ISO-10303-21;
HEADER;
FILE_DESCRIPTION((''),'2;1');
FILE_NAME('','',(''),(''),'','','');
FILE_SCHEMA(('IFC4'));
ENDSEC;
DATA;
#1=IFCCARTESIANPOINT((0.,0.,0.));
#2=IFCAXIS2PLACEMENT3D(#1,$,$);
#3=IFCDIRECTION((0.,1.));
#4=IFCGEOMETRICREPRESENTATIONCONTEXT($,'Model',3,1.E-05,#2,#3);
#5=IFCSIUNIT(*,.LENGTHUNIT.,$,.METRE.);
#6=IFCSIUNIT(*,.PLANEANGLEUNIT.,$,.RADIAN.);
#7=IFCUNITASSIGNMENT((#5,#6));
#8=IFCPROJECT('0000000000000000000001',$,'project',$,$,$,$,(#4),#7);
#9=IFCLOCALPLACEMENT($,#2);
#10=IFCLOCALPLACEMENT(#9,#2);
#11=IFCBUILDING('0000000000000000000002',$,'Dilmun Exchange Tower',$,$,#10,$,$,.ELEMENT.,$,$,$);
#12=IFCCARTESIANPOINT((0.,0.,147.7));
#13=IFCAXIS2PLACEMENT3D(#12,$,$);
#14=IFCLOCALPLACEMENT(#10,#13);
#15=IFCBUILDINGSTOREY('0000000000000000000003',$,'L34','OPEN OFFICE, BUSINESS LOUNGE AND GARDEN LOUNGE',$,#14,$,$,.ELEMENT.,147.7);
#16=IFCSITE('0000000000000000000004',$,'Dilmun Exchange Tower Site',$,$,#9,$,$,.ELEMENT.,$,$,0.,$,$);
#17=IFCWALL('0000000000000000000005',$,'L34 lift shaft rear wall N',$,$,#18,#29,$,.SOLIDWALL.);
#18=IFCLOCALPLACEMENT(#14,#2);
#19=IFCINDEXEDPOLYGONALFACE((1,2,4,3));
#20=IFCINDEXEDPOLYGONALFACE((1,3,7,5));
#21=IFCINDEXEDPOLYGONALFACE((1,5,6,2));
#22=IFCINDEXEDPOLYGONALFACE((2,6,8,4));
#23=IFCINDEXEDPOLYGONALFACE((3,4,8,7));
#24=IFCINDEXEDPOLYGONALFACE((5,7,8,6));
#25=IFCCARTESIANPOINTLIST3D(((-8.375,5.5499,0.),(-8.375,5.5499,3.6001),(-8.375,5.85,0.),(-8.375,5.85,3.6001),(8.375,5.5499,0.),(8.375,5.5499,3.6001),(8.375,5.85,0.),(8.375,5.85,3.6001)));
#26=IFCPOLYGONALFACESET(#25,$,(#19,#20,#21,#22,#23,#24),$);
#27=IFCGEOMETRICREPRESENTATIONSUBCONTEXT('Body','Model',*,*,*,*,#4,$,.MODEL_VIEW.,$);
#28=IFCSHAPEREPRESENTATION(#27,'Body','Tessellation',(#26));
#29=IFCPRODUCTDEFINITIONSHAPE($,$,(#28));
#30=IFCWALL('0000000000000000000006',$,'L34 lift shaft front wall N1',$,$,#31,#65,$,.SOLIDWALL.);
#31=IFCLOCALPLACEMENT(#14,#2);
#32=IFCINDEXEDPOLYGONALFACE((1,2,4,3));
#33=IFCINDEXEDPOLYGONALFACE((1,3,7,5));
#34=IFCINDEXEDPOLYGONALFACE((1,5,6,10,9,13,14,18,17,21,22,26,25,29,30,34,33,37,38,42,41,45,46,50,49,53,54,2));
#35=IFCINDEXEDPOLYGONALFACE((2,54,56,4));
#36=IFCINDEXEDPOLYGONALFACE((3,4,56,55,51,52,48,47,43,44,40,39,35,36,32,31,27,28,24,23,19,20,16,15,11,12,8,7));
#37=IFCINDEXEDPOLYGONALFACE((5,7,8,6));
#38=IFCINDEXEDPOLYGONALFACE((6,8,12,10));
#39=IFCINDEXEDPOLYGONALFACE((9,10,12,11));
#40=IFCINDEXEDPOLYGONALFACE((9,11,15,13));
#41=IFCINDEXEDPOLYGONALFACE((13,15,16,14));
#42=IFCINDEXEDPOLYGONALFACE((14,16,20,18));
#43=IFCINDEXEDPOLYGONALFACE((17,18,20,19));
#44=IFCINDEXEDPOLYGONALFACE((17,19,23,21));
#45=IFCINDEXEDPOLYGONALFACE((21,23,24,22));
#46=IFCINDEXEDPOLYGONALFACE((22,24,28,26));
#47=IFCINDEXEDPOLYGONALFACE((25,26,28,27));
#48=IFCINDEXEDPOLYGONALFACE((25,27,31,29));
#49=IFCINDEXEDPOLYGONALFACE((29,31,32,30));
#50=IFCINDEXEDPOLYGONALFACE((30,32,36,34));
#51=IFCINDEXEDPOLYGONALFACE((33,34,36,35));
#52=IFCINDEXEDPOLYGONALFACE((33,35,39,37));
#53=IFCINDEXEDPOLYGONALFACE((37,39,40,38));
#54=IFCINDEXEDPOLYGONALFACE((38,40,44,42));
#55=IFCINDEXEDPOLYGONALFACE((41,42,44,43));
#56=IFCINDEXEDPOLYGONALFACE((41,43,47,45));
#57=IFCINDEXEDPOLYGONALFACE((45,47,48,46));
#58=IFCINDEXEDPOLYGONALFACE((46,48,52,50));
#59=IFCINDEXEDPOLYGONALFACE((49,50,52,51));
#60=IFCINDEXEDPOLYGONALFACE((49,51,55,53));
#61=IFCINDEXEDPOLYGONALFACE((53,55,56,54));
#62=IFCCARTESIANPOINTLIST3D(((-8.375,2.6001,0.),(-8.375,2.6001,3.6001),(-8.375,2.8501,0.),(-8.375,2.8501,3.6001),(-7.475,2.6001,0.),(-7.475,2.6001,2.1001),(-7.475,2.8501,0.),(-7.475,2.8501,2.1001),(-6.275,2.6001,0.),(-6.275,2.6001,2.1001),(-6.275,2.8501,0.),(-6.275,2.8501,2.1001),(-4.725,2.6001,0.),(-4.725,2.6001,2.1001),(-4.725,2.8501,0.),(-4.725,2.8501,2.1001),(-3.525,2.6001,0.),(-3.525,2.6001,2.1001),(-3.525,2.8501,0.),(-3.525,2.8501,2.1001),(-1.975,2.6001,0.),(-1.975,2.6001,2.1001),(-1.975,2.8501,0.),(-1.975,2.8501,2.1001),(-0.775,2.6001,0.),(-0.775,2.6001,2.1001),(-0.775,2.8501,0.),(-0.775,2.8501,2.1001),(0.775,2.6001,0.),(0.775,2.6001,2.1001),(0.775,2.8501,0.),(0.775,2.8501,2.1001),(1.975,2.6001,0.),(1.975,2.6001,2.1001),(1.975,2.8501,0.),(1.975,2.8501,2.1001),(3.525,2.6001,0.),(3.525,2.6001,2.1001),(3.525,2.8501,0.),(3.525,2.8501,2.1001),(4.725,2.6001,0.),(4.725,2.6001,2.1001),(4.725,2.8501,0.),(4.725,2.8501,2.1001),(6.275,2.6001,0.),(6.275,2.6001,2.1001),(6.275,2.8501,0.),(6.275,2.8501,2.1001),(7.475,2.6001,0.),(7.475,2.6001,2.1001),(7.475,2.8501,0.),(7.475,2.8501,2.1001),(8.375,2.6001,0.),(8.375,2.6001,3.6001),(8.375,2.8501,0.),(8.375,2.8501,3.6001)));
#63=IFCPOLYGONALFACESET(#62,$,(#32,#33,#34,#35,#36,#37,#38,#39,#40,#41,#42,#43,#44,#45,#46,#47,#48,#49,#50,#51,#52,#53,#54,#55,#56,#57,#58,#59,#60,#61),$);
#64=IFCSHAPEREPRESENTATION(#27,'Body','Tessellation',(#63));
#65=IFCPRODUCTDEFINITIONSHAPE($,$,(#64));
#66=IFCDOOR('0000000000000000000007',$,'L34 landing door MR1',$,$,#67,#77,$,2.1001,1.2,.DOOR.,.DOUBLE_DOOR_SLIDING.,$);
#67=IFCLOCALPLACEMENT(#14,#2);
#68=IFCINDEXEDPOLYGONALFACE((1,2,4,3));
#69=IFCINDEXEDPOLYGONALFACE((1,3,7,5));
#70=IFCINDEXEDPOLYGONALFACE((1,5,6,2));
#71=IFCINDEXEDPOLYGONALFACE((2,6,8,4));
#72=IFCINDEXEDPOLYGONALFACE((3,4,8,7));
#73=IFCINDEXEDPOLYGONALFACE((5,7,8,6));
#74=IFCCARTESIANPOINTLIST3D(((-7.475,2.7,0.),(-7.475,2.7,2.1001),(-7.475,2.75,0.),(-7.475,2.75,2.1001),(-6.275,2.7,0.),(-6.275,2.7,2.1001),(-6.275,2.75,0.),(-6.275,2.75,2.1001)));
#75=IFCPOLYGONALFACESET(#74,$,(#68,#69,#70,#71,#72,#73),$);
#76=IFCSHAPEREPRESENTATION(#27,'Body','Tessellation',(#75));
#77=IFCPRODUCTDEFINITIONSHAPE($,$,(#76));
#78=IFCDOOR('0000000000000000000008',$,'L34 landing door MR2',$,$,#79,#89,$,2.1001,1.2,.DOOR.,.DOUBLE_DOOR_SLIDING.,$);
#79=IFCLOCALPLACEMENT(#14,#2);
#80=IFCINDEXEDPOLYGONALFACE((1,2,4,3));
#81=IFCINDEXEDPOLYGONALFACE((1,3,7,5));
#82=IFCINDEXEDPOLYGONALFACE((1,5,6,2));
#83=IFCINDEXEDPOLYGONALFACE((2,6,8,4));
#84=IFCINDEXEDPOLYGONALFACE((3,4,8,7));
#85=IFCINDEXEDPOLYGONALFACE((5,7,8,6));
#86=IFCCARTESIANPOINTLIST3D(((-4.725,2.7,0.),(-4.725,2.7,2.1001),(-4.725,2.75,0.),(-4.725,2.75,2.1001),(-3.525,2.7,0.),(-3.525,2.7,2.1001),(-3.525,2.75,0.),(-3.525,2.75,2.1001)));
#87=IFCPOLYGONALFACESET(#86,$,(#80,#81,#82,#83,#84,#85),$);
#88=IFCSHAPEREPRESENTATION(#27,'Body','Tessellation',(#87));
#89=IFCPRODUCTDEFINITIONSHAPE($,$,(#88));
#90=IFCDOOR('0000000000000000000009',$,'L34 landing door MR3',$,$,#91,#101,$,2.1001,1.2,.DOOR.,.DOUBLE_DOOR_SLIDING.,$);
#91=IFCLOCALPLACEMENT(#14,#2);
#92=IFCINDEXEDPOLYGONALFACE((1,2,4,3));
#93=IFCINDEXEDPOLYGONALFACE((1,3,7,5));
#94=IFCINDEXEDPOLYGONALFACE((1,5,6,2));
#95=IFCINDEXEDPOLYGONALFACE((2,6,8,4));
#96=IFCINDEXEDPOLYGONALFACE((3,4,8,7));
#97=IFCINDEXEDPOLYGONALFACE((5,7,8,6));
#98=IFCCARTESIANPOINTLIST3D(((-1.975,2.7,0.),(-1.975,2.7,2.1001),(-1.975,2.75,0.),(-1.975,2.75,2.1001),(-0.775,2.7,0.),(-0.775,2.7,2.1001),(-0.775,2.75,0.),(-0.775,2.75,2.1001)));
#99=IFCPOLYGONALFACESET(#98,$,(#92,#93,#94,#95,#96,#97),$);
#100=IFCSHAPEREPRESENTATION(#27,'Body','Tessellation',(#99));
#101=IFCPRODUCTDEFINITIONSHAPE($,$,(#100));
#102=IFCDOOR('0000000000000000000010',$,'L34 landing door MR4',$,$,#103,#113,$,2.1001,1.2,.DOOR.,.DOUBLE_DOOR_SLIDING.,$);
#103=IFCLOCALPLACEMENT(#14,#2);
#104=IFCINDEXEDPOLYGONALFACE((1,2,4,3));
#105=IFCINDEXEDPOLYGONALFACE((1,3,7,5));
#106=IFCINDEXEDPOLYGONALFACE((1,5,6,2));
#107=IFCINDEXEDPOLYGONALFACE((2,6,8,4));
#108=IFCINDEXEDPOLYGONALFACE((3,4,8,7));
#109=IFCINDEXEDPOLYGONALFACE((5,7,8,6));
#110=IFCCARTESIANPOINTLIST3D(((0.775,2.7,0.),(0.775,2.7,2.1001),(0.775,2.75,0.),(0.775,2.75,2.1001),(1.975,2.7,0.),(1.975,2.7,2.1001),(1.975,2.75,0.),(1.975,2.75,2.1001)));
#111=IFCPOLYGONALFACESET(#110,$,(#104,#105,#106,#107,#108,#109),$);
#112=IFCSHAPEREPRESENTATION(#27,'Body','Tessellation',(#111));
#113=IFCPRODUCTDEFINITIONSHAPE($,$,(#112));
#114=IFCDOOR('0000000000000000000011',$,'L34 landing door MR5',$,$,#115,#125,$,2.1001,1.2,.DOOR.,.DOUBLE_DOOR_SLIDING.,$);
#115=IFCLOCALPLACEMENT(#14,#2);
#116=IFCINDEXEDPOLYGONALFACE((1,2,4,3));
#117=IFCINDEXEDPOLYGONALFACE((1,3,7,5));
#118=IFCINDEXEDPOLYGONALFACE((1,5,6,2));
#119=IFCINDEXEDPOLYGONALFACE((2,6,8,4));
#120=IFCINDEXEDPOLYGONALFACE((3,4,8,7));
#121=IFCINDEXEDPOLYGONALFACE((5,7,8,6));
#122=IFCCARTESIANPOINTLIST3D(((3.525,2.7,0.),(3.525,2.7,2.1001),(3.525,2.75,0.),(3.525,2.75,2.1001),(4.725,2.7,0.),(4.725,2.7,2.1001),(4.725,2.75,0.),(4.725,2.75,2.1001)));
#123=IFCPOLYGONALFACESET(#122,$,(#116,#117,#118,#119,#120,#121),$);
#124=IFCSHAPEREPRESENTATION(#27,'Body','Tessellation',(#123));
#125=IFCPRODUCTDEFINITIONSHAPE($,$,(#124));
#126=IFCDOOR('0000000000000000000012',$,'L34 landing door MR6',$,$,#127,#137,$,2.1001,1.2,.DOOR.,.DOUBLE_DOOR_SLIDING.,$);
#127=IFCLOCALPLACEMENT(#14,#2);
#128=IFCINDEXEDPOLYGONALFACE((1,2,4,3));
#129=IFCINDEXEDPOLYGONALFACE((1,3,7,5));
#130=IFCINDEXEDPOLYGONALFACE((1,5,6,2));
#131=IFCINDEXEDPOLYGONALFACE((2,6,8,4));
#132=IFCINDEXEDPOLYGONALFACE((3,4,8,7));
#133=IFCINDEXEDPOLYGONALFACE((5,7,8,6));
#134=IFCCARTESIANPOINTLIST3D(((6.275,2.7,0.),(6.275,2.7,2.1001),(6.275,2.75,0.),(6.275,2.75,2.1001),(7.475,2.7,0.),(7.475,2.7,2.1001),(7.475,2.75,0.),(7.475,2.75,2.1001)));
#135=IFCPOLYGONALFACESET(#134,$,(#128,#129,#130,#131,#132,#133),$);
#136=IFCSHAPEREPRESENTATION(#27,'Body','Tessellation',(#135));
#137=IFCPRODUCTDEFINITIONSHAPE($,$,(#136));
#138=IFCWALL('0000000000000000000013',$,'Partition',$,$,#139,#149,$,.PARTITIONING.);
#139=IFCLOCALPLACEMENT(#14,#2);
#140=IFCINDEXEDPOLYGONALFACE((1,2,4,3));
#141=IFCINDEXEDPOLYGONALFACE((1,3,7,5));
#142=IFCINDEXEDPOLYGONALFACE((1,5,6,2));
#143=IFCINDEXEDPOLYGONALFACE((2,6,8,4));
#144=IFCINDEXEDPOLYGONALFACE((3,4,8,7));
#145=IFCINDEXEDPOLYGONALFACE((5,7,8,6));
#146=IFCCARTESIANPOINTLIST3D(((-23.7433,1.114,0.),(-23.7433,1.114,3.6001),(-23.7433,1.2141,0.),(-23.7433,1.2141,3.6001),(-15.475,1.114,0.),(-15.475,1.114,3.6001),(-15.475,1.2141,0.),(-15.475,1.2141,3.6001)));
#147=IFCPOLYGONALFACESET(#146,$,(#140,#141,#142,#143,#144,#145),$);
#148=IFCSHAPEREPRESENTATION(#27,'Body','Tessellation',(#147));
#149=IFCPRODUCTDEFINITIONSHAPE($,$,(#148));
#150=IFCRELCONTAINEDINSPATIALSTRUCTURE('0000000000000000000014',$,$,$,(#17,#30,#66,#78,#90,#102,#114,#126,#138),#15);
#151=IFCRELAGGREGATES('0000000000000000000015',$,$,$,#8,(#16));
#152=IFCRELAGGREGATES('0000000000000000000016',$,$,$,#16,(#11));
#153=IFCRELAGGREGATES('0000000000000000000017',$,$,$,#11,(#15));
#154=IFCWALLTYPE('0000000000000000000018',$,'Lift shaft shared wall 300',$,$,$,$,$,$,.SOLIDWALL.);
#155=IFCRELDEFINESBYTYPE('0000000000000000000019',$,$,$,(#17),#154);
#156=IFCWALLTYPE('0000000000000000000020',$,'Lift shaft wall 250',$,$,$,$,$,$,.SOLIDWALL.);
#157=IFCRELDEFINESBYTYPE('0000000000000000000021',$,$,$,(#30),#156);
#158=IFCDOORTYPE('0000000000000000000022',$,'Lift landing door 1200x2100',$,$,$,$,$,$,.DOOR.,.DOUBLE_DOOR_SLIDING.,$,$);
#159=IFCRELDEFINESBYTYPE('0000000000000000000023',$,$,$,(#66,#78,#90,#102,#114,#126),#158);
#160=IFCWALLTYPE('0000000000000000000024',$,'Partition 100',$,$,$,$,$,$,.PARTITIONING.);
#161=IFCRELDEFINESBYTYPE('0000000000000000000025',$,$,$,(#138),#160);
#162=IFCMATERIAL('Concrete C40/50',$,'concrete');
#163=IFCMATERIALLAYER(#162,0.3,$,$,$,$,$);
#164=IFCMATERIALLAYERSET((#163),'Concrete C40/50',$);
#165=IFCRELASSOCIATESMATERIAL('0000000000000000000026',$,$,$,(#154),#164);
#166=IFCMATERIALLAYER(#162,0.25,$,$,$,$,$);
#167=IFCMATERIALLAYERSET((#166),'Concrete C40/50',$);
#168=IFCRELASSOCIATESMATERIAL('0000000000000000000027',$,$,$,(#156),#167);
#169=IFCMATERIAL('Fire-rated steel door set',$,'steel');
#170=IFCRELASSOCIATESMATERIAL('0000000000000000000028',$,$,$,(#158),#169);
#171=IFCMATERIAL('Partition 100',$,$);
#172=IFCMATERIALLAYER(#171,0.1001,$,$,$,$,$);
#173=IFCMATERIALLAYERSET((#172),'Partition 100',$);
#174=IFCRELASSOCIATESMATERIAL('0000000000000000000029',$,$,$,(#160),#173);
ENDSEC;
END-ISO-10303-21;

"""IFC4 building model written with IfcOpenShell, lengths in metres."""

from ifc_helpers import new_model, si_unit, direction, frame, frame_2d, origin, place, context, subcontext, project, spatial, rectangle, extrude, material, layer, layer_set, type_object, element, fill, save


model = new_model("IFC4")

# Units and contexts
model_context = context("Model", 3, precision=1e-05, world=origin(), true_north=direction((0.0, 1.0)))
body_context = subcontext(model_context, "Body", "Model", "MODEL_VIEW")
ifc_project = project(units=[si_unit("LENGTHUNIT", "METRE"), si_unit("PLANEANGLEUNIT", "RADIAN")], contexts=[model_context])

# Site, building, storey
site_placement = place(None, origin())
site = spatial("IfcSite", under=ifc_project, at=site_placement, Name="Dilmun Exchange Tower Site", CompositionType="ELEMENT", RefElevation=0.0)
building_placement = place(site_placement, origin())
building = spatial("IfcBuilding", under=site, at=building_placement, Name="Dilmun Exchange Tower", CompositionType="ELEMENT")
storey_placement = place(building_placement, frame((0.0, 0.0, 147.7)))
storey = spatial("IfcBuildingStorey", under=building, at=storey_placement, Name="L34", Description="OPEN OFFICE, BUSINESS LOUNGE AND GARDEN LOUNGE", CompositionType="ELEMENT", Elevation=147.7)

# Shared definitions
ifc_material_1 = material(Name="Concrete C40/50", Category="concrete")

# Shared definitions
ifc_material_2 = material(Name="Fire-rated steel door set", Category="steel")

# Wall
ifc_layer_1 = layer(ifc_material_1, 0.3)
ifc_layer_set_1 = layer_set([ifc_layer_1], Name="Concrete C40/50")
wall_type_1 = type_object("IfcWallType", Name="Lift shaft shared wall 300", PredefinedType="SOLIDWALL", material=ifc_layer_set_1)
wall_1_placement = place(storey_placement, frame((-8.375, 5.7, 0.0), z_axis=(0.0, 0.0, 1.0), x_axis=(1.0, 0.0, 0.0)))
element("IfcWall", 1, at=wall_1_placement, inside=storey, type_object=wall_type_1, Name="L34 lift shaft rear wall N", PredefinedType="SOLIDWALL", context=body_context, shape_type="SweptSolid", body=[
    extrude(rectangle(XDim=16.75, YDim=0.3, at=frame_2d((8.375, 0.0))), origin(), (0.0, 0.0, 1.0), 3.6001),
])

# Wall, openings, doors
ifc_layer_2 = layer(ifc_material_1, 0.25)
ifc_layer_set_2 = layer_set([ifc_layer_2], Name="Concrete C40/50")
wall_type_2 = type_object("IfcWallType", Name="Lift shaft wall 250", PredefinedType="SOLIDWALL", material=ifc_layer_set_2)
wall_2_placement = place(storey_placement, frame((-8.375, 2.7251, 0.0), z_axis=(0.0, 0.0, 1.0), x_axis=(1.0, 0.0, 0.0)))
wall_2 = element("IfcWall", 2, at=wall_2_placement, inside=storey, type_object=wall_type_2, Name="L34 lift shaft front wall N1", PredefinedType="SOLIDWALL", context=body_context, shape_type="SweptSolid", body=[
    extrude(rectangle(XDim=16.75, YDim=0.25, at=frame_2d((8.375, 0.0))), origin(), (0.0, 0.0, 1.0), 3.6001),
])
opening_1_placement = place(wall_2_placement, frame((0.8999, 0.0, 0.0)))
opening_1 = element("IfcOpeningElement", 3, at=opening_1_placement, cuts=wall_2, PredefinedType="OPENING", context=body_context, shape_type="SweptSolid", body=[
    extrude(rectangle(XDim=1.2, YDim=2.1001, at=frame_2d((0.6001, 1.05))), frame((0.0, 0.135, 0.0), z_axis=(0.0, -1.0, 0.0), x_axis=(1.0, 0.0, 0.0)), (0.0, 0.0, 1.0), 0.27),
])
opening_2_placement = place(wall_2_placement, frame((3.6499, 0.0, 0.0)))
opening_2 = element("IfcOpeningElement", 4, at=opening_2_placement, cuts=wall_2, PredefinedType="OPENING", context=body_context, shape_type="SweptSolid", body=[
    extrude(rectangle(XDim=1.2, YDim=2.1001, at=frame_2d((0.6001, 1.05))), frame((0.0, 0.135, 0.0), z_axis=(0.0, -1.0, 0.0), x_axis=(1.0, 0.0, 0.0)), (0.0, 0.0, 1.0), 0.27),
])
opening_3_placement = place(wall_2_placement, frame((6.3999, 0.0, 0.0)))
opening_3 = element("IfcOpeningElement", 5, at=opening_3_placement, cuts=wall_2, PredefinedType="OPENING", context=body_context, shape_type="SweptSolid", body=[
    extrude(rectangle(XDim=1.2, YDim=2.1001, at=frame_2d((0.6001, 1.05))), frame((0.0, 0.135, 0.0), z_axis=(0.0, -1.0, 0.0), x_axis=(1.0, 0.0, 0.0)), (0.0, 0.0, 1.0), 0.27),
])
opening_4_placement = place(wall_2_placement, frame((9.1499, 0.0, 0.0)))
opening_4 = element("IfcOpeningElement", 6, at=opening_4_placement, cuts=wall_2, PredefinedType="OPENING", context=body_context, shape_type="SweptSolid", body=[
    extrude(rectangle(XDim=1.2, YDim=2.1001, at=frame_2d((0.6001, 1.05))), frame((0.0, 0.135, 0.0), z_axis=(0.0, -1.0, 0.0), x_axis=(1.0, 0.0, 0.0)), (0.0, 0.0, 1.0), 0.27),
])
opening_5_placement = place(wall_2_placement, frame((11.8999, 0.0, 0.0)))
opening_5 = element("IfcOpeningElement", 7, at=opening_5_placement, cuts=wall_2, PredefinedType="OPENING", context=body_context, shape_type="SweptSolid", body=[
    extrude(rectangle(XDim=1.2, YDim=2.1001, at=frame_2d((0.6001, 1.05))), frame((0.0, 0.135, 0.0), z_axis=(0.0, -1.0, 0.0), x_axis=(1.0, 0.0, 0.0)), (0.0, 0.0, 1.0), 0.27),
])
opening_6_placement = place(wall_2_placement, frame((14.6499, 0.0, 0.0)))
opening_6 = element("IfcOpeningElement", 8, at=opening_6_placement, cuts=wall_2, PredefinedType="OPENING", context=body_context, shape_type="SweptSolid", body=[
    extrude(rectangle(XDim=1.2, YDim=2.1001, at=frame_2d((0.6001, 1.05))), frame((0.0, 0.135, 0.0), z_axis=(0.0, -1.0, 0.0), x_axis=(1.0, 0.0, 0.0)), (0.0, 0.0, 1.0), 0.27),
])
door_type_1 = type_object("IfcDoorType", Name="Lift landing door 1200x2100", OperationType="DOUBLE_DOOR_SLIDING", PredefinedType="DOOR", material=ifc_material_2)
door_1_placement = place(opening_1_placement, origin())
door_1 = element("IfcDoor", 9, at=door_1_placement, inside=storey, type_object=door_type_1, Name="L34 landing door MR1", OperationType="DOUBLE_DOOR_SLIDING", OverallHeight=2.1001, OverallWidth=1.2, PredefinedType="DOOR", context=body_context, shape_type="SweptSolid", body=[
    extrude(rectangle(XDim=1.2, YDim=2.1001, at=frame_2d((0.6001, 1.05))), frame((0.0, 0.0249, 0.0), z_axis=(0.0, -1.0, 0.0), x_axis=(1.0, 0.0, 0.0)), (0.0, 0.0, 1.0), 0.05),
])
fill(opening_1, door_1)
door_2_placement = place(opening_2_placement, origin())
door_2 = element("IfcDoor", 10, at=door_2_placement, inside=storey, type_object=door_type_1, Name="L34 landing door MR2", OperationType="DOUBLE_DOOR_SLIDING", OverallHeight=2.1001, OverallWidth=1.2, PredefinedType="DOOR", context=body_context, shape_type="SweptSolid", body=[
    extrude(rectangle(XDim=1.2, YDim=2.1001, at=frame_2d((0.6001, 1.05))), frame((0.0, 0.0249, 0.0), z_axis=(0.0, -1.0, 0.0), x_axis=(1.0, 0.0, 0.0)), (0.0, 0.0, 1.0), 0.05),
])
fill(opening_2, door_2)
door_3_placement = place(opening_3_placement, origin())
door_3 = element("IfcDoor", 11, at=door_3_placement, inside=storey, type_object=door_type_1, Name="L34 landing door MR3", OperationType="DOUBLE_DOOR_SLIDING", OverallHeight=2.1001, OverallWidth=1.2, PredefinedType="DOOR", context=body_context, shape_type="SweptSolid", body=[
    extrude(rectangle(XDim=1.2, YDim=2.1001, at=frame_2d((0.6001, 1.05))), frame((0.0, 0.0249, 0.0), z_axis=(0.0, -1.0, 0.0), x_axis=(1.0, 0.0, 0.0)), (0.0, 0.0, 1.0), 0.05),
])
fill(opening_3, door_3)
door_4_placement = place(opening_4_placement, origin())
door_4 = element("IfcDoor", 12, at=door_4_placement, inside=storey, type_object=door_type_1, Name="L34 landing door MR4", OperationType="DOUBLE_DOOR_SLIDING", OverallHeight=2.1001, OverallWidth=1.2, PredefinedType="DOOR", context=body_context, shape_type="SweptSolid", body=[
    extrude(rectangle(XDim=1.2, YDim=2.1001, at=frame_2d((0.6001, 1.05))), frame((0.0, 0.0249, 0.0), z_axis=(0.0, -1.0, 0.0), x_axis=(1.0, 0.0, 0.0)), (0.0, 0.0, 1.0), 0.05),
])
fill(opening_4, door_4)
door_5_placement = place(opening_5_placement, origin())
door_5 = element("IfcDoor", 13, at=door_5_placement, inside=storey, type_object=door_type_1, Name="L34 landing door MR5", OperationType="DOUBLE_DOOR_SLIDING", OverallHeight=2.1001, OverallWidth=1.2, PredefinedType="DOOR", context=body_context, shape_type="SweptSolid", body=[
    extrude(rectangle(XDim=1.2, YDim=2.1001, at=frame_2d((0.6001, 1.05))), frame((0.0, 0.0249, 0.0), z_axis=(0.0, -1.0, 0.0), x_axis=(1.0, 0.0, 0.0)), (0.0, 0.0, 1.0), 0.05),
])
fill(opening_5, door_5)
door_6_placement = place(opening_6_placement, origin())
door_6 = element("IfcDoor", 14, at=door_6_placement, inside=storey, type_object=door_type_1, Name="L34 landing door MR6", OperationType="DOUBLE_DOOR_SLIDING", OverallHeight=2.1001, OverallWidth=1.2, PredefinedType="DOOR", context=body_context, shape_type="SweptSolid", body=[
    extrude(rectangle(XDim=1.2, YDim=2.1001, at=frame_2d((0.6001, 1.05))), frame((0.0, 0.0249, 0.0), z_axis=(0.0, -1.0, 0.0), x_axis=(1.0, 0.0, 0.0)), (0.0, 0.0, 1.0), 0.05),
])
fill(opening_6, door_6)

# Wall
ifc_material_3 = material(Name="Partition 100")
ifc_layer_3 = layer(ifc_material_3, 0.1001)
ifc_layer_set_3 = layer_set([ifc_layer_3], Name="Partition 100")
wall_type_3 = type_object("IfcWallType", Name="Partition 100", PredefinedType="PARTITIONING", material=ifc_layer_set_3)
wall_3_placement = place(storey_placement, frame((-23.7434, 1.1641, 0.0), z_axis=(0.0, 0.0, 1.0), x_axis=(1.0, 0.0, 0.0)))
element("IfcWall", 15, at=wall_3_placement, inside=storey, type_object=wall_type_3, Name="Partition", PredefinedType="PARTITIONING", context=body_context, shape_type="SweptSolid", body=[
    extrude(rectangle(XDim=8.2683, YDim=0.1001, at=frame_2d((4.1343, 0.0))), origin(), (0.0, 0.0, 1.0), 3.6001),
])

save(model, "model.ifc")
